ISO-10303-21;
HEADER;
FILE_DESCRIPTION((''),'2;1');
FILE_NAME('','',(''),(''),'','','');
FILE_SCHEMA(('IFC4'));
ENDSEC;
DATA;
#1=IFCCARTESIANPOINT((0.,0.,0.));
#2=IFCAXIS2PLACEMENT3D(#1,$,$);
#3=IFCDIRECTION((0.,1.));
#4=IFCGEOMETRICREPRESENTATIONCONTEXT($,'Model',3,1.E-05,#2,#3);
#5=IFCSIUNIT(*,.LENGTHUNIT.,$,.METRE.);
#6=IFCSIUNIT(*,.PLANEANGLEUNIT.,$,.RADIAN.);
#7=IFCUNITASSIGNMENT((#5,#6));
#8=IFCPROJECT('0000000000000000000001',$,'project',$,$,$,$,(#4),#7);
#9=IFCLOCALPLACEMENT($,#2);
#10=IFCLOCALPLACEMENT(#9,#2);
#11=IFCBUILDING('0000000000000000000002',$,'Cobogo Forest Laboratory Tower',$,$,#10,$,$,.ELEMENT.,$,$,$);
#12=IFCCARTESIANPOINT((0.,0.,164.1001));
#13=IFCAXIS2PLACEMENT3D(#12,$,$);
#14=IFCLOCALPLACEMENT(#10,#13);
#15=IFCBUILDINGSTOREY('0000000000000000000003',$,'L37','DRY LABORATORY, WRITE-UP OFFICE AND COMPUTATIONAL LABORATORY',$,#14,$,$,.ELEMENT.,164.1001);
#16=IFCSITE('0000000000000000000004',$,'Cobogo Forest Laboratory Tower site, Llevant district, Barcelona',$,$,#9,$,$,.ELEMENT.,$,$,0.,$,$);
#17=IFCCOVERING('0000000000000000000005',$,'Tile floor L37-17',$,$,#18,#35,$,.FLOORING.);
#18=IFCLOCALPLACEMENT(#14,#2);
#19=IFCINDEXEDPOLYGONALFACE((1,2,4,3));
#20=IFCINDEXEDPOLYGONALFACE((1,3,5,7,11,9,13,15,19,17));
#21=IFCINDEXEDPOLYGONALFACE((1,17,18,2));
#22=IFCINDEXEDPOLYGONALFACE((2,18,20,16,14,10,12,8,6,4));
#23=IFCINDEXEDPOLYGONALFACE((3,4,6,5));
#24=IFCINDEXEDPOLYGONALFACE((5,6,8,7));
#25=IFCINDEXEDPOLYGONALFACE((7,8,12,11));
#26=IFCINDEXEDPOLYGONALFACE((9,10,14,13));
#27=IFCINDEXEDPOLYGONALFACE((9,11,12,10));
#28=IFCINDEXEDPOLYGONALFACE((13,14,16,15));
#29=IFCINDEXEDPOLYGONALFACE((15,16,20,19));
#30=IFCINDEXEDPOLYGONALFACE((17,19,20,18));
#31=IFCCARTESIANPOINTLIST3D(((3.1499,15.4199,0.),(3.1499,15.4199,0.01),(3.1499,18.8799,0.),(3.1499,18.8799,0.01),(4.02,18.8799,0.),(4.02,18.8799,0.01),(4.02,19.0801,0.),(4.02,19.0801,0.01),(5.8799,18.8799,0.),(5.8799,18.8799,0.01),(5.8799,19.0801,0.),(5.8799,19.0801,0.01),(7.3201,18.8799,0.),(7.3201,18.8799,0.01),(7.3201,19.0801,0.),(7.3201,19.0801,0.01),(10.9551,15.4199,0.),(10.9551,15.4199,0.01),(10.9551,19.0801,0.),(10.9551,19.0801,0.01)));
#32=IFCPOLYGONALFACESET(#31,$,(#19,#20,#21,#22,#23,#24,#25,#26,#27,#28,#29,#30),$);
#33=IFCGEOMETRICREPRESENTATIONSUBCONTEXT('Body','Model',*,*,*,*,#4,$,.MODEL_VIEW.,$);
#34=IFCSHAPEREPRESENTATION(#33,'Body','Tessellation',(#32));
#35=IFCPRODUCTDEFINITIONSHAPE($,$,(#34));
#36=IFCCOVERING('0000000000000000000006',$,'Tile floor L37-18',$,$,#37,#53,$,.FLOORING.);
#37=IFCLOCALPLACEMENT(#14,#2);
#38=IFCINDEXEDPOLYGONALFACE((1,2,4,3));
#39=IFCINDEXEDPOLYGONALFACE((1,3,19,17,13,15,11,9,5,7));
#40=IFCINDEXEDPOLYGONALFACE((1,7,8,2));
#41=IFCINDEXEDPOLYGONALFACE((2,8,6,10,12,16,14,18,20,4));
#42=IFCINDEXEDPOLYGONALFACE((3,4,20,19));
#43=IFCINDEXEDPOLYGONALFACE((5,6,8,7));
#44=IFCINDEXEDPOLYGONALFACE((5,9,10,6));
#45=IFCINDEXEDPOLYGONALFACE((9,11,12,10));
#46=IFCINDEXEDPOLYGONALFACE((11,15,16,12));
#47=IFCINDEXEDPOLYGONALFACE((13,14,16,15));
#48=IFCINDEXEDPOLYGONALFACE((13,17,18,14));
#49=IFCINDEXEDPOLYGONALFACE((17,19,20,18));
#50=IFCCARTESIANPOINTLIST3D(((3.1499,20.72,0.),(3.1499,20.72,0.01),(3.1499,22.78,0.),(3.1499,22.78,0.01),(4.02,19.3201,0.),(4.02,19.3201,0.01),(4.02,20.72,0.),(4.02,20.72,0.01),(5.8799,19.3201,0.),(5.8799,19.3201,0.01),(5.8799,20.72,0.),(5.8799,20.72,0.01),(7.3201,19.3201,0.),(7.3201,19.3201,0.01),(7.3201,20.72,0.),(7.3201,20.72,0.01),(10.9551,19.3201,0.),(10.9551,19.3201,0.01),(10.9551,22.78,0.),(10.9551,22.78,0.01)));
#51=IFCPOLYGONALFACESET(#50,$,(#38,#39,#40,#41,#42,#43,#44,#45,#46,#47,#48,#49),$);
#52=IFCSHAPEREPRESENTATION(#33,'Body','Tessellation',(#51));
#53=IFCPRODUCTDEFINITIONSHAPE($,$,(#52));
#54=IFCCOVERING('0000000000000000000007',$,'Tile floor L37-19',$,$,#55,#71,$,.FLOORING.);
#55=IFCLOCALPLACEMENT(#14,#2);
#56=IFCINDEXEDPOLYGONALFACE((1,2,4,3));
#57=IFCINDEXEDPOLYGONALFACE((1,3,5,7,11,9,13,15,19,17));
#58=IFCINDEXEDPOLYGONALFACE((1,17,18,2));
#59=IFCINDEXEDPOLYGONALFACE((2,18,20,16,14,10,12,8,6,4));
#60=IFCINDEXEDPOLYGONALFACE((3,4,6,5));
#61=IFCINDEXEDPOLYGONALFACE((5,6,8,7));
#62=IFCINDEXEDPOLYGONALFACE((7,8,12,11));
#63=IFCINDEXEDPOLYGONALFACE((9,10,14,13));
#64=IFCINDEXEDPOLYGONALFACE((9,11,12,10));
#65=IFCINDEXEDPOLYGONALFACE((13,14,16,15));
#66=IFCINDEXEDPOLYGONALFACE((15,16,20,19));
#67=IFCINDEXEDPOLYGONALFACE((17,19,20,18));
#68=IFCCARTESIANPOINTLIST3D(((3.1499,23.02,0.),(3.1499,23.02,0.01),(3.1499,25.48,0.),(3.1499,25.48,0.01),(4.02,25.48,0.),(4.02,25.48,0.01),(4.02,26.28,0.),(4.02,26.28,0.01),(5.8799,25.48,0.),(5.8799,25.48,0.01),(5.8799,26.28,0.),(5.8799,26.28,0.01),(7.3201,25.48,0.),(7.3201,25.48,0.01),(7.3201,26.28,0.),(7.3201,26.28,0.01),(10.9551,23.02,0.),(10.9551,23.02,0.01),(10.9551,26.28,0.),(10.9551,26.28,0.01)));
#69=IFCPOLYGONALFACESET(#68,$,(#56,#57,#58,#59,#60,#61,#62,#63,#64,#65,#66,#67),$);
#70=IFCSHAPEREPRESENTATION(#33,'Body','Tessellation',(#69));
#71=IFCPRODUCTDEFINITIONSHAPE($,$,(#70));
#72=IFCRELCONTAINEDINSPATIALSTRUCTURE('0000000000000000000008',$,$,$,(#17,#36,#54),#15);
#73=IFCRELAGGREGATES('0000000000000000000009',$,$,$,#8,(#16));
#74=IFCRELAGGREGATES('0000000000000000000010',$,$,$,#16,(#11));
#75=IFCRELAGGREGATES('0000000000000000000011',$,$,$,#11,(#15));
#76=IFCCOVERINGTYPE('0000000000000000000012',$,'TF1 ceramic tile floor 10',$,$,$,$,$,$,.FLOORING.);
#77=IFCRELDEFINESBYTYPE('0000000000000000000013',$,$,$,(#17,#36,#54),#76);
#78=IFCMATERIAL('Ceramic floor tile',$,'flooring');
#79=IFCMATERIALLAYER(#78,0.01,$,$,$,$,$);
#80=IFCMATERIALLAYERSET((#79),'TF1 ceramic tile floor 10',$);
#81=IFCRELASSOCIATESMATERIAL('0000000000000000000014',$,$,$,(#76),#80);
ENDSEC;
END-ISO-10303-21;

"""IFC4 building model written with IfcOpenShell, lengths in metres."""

from ifc_helpers import new_model, si_unit, direction, frame, origin, place, context, subcontext, project, spatial, polyline, outline, extrude, material, layer, layer_set, type_object, element, save


model = new_model("IFC4")

# Units and contexts
model_context = context("Model", 3, precision=1e-05, world=origin(), true_north=direction((0.0, 1.0)))
body_context = subcontext(model_context, "Body", "Model", "MODEL_VIEW")
ifc_project = project(units=[si_unit("LENGTHUNIT", "METRE"), si_unit("PLANEANGLEUNIT", "RADIAN")], contexts=[model_context])

# Site, building, storey
site_placement = place(None, origin())
site = spatial("IfcSite", under=ifc_project, at=site_placement, Name="Cobogo Forest Laboratory Tower site, Llevant district, Barcelona", CompositionType="ELEMENT", RefElevation=0.0)
building_placement = place(site_placement, origin())
building = spatial("IfcBuilding", under=site, at=building_placement, Name="Cobogo Forest Laboratory Tower", CompositionType="ELEMENT")
storey_placement = place(building_placement, frame((0.0, 0.0, 164.1001)))
storey = spatial("IfcBuildingStorey", under=building, at=storey_placement, Name="L37", Description="DRY LABORATORY, WRITE-UP OFFICE AND COMPUTATIONAL LABORATORY", CompositionType="ELEMENT", Elevation=164.1001)

# Coverings
ifc_material_1 = material(Name="Ceramic floor tile", Category="flooring")
ifc_layer_1 = layer(ifc_material_1, 0.01)
ifc_layer_set_1 = layer_set([ifc_layer_1], Name="TF1 ceramic tile floor 10")
covering_type_1 = type_object("IfcCoveringType", Name="TF1 ceramic tile floor 10", PredefinedType="FLOORING", material=ifc_layer_set_1)
covering_1_placement = place(storey_placement, origin())
element("IfcCovering", 1, at=covering_1_placement, inside=storey, type_object=covering_type_1, Name="Tile floor L37-17", PredefinedType="FLOORING", context=body_context, shape_type="SweptSolid", body=[
    extrude(outline(polyline([(10.9551, 15.4199), (3.1499, 15.4199), (3.1499, 18.8799), (4.02, 18.8799), (4.02, 19.0801), (5.8799, 19.0801), (5.8799, 18.8799), (7.3201, 18.8799), (7.3201, 19.0801), (10.9551, 19.0801), (10.9551, 15.4199)])), origin(), (0.0, 0.0, 1.0), 0.01),
])
covering_2_placement = place(storey_placement, origin())
element("IfcCovering", 2, at=covering_2_placement, inside=storey, type_object=covering_type_1, Name="Tile floor L37-18", PredefinedType="FLOORING", context=body_context, shape_type="SweptSolid", body=[
    extrude(outline(polyline([(10.9551, 19.3201), (7.3201, 19.3201), (7.3201, 20.72), (5.8799, 20.72), (5.8799, 19.3201), (4.02, 19.3201), (4.02, 20.72), (3.1499, 20.72), (3.1499, 22.78), (10.9551, 22.78), (10.9551, 19.3201)])), origin(), (0.0, 0.0, 1.0), 0.01),
])
covering_3_placement = place(storey_placement, origin())
element("IfcCovering", 3, at=covering_3_placement, inside=storey, type_object=covering_type_1, Name="Tile floor L37-19", PredefinedType="FLOORING", context=body_context, shape_type="SweptSolid", body=[
    extrude(outline(polyline([(10.9551, 23.02), (3.1499, 23.02), (3.1499, 25.48), (4.02, 25.48), (4.02, 26.28), (5.8799, 26.28), (5.8799, 25.48), (7.3201, 25.48), (7.3201, 26.28), (10.9551, 26.28), (10.9551, 23.02)])), origin(), (0.0, 0.0, 1.0), 0.01),
])

save(model, "model.ifc")
